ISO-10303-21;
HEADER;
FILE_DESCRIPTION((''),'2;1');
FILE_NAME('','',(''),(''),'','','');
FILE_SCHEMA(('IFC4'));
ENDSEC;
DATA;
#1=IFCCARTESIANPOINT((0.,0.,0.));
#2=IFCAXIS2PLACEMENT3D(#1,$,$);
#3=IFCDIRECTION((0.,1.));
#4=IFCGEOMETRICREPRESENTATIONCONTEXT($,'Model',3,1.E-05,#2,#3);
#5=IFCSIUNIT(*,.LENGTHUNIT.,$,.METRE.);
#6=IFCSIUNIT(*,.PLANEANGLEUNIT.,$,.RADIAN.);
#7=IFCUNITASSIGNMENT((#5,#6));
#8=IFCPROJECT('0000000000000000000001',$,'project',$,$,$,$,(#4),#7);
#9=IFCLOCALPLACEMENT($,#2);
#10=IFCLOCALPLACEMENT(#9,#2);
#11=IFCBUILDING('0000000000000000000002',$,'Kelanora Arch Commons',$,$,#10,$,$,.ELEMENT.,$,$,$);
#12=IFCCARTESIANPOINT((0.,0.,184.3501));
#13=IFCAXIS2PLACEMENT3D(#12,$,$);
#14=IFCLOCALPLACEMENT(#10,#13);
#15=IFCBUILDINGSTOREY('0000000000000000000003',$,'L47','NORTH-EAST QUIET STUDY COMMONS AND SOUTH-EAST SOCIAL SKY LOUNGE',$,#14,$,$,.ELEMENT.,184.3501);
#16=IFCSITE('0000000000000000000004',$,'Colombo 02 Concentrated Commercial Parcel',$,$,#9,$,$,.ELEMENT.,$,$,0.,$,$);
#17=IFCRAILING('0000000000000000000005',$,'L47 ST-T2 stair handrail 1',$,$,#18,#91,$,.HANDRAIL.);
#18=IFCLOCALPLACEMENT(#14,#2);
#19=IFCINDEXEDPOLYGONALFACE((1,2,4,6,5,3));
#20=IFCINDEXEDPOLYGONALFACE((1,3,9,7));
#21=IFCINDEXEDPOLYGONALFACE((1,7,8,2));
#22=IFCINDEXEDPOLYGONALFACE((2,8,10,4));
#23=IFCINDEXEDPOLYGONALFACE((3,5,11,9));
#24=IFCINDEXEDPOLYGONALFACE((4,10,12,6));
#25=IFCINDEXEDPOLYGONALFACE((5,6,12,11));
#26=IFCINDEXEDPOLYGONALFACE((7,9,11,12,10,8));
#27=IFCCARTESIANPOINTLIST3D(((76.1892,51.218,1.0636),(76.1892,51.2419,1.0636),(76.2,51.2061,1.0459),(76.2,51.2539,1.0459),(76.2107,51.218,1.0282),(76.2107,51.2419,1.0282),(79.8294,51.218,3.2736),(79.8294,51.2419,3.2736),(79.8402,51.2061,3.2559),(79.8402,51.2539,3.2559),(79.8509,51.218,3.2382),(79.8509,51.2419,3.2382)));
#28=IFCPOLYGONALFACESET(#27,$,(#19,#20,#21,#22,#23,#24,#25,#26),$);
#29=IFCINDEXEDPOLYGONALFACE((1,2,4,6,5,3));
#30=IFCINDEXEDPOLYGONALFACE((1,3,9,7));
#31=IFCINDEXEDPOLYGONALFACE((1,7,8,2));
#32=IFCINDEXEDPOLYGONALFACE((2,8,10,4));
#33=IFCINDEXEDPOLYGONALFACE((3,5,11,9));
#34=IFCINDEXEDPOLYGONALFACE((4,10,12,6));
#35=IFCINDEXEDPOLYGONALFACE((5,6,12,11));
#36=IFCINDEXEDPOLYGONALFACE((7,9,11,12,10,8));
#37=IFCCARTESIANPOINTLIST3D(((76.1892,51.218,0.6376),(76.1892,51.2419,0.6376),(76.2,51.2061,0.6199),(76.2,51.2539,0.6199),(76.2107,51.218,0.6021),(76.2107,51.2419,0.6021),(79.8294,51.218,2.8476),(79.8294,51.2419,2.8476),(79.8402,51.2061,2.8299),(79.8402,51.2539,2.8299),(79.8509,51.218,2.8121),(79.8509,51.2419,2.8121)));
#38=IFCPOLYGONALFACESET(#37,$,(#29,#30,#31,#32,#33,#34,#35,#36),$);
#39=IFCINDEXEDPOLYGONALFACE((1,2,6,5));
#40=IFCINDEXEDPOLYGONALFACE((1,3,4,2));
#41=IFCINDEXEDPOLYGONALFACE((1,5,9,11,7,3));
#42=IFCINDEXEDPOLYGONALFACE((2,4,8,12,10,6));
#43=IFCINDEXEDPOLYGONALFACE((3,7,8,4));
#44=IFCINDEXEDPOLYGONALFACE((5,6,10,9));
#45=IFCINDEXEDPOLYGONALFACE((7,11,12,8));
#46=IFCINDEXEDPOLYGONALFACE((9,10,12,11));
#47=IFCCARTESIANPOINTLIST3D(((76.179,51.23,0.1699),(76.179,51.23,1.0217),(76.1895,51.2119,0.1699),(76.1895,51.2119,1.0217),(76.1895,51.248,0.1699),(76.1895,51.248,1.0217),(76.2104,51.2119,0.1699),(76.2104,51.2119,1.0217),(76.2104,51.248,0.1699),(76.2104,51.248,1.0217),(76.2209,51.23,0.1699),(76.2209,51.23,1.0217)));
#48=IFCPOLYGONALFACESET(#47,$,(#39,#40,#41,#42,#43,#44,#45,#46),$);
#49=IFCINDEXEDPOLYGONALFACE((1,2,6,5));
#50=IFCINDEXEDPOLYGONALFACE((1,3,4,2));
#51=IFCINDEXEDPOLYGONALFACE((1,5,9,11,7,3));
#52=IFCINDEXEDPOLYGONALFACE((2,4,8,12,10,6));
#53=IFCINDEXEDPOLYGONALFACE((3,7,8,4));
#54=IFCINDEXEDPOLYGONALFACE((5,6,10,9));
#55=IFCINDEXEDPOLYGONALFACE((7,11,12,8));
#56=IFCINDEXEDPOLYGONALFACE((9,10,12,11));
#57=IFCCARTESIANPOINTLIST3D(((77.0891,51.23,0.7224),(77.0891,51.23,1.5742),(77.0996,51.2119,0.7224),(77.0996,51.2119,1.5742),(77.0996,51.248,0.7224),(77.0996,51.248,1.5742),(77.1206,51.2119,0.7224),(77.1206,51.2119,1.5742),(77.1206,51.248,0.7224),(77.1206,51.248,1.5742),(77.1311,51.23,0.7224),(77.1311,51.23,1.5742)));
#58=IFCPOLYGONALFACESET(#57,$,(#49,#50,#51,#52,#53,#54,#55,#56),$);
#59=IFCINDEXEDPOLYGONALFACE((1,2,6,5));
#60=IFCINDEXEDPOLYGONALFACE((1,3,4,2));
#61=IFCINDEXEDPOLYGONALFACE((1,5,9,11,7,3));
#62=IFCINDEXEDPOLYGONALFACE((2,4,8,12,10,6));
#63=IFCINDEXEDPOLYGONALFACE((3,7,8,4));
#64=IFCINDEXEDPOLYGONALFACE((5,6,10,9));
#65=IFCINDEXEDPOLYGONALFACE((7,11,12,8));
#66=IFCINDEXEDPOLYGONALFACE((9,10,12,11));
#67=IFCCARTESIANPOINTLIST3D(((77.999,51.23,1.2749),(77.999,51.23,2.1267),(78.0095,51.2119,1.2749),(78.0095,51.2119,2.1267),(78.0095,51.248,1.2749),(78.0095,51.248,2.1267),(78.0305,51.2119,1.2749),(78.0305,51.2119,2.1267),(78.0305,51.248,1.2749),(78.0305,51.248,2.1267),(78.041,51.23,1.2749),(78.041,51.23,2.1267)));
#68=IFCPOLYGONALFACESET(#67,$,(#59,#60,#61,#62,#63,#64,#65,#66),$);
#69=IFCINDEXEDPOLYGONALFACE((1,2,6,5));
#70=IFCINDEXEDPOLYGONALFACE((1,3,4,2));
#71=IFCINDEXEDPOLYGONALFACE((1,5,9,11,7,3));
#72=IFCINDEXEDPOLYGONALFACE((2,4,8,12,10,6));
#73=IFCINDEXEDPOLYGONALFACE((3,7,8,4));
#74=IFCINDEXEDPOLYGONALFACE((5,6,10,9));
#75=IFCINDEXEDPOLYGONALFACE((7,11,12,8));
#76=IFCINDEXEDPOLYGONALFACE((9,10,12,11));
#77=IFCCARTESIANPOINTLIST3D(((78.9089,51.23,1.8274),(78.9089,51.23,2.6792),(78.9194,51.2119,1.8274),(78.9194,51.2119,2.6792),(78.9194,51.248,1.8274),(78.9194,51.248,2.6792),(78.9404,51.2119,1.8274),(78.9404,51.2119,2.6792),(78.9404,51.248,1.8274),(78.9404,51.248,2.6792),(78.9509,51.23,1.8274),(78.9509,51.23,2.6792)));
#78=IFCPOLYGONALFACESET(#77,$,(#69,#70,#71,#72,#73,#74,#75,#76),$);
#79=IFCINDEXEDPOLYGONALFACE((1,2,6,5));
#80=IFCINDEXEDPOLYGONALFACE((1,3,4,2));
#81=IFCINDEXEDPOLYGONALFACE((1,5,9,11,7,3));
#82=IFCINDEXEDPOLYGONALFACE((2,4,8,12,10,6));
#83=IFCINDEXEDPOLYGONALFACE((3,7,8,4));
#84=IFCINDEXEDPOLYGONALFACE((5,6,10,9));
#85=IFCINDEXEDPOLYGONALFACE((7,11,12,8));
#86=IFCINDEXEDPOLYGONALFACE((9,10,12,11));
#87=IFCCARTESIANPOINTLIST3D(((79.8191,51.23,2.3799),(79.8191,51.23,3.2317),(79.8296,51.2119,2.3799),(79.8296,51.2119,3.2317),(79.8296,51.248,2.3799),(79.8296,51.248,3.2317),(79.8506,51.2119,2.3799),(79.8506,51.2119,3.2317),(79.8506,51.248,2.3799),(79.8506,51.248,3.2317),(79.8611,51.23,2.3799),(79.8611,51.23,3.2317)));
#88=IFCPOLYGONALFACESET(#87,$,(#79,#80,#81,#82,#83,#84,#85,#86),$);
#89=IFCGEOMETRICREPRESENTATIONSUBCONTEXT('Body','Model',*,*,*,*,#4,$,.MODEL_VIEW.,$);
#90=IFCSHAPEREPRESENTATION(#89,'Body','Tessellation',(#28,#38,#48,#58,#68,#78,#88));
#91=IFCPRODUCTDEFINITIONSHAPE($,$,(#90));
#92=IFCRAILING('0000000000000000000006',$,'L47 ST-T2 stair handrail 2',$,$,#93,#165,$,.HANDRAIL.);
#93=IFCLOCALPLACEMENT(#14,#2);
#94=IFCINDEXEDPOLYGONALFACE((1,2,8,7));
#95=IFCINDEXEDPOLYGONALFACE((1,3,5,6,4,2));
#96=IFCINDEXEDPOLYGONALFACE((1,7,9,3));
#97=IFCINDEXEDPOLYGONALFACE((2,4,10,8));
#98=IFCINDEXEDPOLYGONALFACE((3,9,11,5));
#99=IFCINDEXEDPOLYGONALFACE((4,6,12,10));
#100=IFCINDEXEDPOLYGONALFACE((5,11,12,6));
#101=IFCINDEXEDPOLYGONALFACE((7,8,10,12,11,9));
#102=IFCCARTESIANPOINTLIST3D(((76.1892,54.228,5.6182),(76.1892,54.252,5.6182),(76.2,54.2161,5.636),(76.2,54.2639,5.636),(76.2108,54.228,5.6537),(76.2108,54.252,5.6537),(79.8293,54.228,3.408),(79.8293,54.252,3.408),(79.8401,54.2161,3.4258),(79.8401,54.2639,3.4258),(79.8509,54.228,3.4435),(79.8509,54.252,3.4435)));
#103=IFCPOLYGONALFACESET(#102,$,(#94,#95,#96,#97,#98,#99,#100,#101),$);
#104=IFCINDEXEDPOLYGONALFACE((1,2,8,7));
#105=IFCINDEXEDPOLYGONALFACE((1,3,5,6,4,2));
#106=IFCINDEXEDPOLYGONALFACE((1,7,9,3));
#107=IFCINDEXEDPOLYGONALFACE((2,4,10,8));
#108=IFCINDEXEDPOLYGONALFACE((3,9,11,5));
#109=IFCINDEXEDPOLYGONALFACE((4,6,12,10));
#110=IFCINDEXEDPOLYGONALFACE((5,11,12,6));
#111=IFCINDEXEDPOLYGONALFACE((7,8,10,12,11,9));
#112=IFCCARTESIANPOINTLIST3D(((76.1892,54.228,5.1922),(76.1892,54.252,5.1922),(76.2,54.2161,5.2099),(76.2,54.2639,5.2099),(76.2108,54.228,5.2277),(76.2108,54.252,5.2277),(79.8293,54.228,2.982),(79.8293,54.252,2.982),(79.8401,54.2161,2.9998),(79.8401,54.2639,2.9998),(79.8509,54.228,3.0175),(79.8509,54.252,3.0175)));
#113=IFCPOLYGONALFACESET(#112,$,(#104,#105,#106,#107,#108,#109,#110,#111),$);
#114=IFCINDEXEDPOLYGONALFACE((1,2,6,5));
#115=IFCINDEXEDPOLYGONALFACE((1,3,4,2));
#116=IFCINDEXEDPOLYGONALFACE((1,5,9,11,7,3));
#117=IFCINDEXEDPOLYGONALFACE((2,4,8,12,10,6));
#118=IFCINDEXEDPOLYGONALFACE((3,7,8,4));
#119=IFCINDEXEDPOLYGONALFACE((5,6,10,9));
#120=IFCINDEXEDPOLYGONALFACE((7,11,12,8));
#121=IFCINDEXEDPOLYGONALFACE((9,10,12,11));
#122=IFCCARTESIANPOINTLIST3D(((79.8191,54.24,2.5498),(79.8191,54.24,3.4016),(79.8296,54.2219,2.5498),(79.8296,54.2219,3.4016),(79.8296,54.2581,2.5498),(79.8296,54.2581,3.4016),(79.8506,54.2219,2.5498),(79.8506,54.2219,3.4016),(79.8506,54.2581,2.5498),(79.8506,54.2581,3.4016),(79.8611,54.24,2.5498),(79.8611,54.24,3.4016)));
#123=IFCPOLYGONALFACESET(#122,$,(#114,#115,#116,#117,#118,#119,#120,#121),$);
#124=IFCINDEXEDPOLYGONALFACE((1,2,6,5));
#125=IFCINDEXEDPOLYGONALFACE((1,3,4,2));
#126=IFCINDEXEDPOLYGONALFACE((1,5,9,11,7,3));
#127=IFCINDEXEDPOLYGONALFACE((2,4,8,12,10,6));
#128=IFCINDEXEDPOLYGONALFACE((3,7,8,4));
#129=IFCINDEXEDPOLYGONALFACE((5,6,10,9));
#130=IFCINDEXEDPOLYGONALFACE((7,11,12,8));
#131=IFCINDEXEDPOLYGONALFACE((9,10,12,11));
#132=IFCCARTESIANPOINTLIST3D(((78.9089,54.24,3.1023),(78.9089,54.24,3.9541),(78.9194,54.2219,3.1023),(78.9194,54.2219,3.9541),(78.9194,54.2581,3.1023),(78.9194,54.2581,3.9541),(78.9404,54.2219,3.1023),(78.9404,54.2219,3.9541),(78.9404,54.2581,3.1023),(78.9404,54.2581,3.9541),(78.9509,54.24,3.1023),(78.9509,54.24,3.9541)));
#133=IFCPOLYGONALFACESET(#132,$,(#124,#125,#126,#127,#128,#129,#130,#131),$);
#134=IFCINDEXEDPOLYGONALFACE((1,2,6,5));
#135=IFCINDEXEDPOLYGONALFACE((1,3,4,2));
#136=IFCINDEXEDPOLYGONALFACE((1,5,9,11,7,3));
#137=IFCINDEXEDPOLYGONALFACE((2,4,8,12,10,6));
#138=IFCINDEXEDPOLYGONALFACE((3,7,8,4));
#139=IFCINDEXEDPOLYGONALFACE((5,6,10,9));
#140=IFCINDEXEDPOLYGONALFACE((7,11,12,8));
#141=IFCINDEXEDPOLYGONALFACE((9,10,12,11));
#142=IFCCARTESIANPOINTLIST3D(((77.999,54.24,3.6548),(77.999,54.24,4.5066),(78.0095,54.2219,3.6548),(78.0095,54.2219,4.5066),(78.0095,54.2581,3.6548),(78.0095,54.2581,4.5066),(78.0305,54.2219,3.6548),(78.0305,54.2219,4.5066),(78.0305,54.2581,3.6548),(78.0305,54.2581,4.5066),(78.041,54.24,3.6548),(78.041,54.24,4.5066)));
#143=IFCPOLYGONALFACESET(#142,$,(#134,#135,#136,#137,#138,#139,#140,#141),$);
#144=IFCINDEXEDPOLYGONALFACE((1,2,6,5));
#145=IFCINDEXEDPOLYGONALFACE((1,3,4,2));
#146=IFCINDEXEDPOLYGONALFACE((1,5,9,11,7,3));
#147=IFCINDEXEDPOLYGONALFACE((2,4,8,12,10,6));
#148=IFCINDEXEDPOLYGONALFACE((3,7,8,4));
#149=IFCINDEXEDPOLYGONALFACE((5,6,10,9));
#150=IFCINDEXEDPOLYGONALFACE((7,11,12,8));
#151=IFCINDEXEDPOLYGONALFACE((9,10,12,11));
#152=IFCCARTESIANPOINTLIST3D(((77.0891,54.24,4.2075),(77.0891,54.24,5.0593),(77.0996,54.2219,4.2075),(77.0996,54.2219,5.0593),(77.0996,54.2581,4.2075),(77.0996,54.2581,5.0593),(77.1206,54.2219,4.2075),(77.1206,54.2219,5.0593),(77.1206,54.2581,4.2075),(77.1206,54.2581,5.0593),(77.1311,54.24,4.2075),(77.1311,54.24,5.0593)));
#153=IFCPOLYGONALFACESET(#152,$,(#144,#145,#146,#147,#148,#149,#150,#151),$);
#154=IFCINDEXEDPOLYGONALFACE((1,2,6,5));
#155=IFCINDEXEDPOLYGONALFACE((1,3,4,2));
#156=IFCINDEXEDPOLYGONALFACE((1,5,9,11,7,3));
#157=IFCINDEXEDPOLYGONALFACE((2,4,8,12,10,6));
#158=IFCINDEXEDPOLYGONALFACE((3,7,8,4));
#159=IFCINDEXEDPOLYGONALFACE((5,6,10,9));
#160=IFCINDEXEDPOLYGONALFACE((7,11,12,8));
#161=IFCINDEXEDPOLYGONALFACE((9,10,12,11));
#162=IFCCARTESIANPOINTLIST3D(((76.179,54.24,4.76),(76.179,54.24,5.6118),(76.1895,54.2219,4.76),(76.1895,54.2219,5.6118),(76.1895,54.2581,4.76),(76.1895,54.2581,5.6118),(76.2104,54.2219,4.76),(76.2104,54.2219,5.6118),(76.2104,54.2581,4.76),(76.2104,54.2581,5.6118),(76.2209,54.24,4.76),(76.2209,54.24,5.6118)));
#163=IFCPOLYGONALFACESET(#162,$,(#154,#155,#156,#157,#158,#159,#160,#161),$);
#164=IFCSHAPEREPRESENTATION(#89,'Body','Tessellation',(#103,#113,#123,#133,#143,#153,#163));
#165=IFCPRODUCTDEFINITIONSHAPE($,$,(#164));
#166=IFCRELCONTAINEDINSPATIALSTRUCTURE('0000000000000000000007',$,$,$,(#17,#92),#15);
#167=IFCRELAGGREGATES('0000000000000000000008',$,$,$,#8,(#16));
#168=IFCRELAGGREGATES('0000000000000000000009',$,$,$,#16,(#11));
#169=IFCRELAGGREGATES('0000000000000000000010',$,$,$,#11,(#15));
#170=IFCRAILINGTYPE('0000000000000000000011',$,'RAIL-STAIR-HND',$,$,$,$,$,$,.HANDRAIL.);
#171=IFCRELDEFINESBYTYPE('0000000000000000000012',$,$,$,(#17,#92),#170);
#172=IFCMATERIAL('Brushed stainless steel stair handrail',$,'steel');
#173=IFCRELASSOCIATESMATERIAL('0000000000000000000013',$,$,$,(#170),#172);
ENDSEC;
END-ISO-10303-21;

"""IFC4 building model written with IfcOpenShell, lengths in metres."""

from ifc_helpers import new_model, si_unit, direction, frame, origin, place, context, subcontext, project, spatial, polyline, outline, extrude, material, type_object, element, save


model = new_model("IFC4")

# Units and contexts
model_context = context("Model", 3, precision=1e-05, world=origin(), true_north=direction((0.0, 1.0)))
body_context = subcontext(model_context, "Body", "Model", "MODEL_VIEW")
ifc_project = project(units=[si_unit("LENGTHUNIT", "METRE"), si_unit("PLANEANGLEUNIT", "RADIAN")], contexts=[model_context])

# Site, building, storey
site_placement = place(None, origin())
site = spatial("IfcSite", under=ifc_project, at=site_placement, Name="Colombo 02 Concentrated Commercial Parcel", CompositionType="ELEMENT", RefElevation=0.0)
building_placement = place(site_placement, origin())
building = spatial("IfcBuilding", under=site, at=building_placement, Name="Kelanora Arch Commons", CompositionType="ELEMENT")
storey_placement = place(building_placement, frame((0.0, 0.0, 184.3501)))
storey = spatial("IfcBuildingStorey", under=building, at=storey_placement, Name="L47", Description="NORTH-EAST QUIET STUDY COMMONS AND SOUTH-EAST SOCIAL SKY LOUNGE", CompositionType="ELEMENT", Elevation=184.3501)

# Railings
ifc_material_1 = material(Name="Brushed stainless steel stair handrail", Category="steel")
railing_type_1 = type_object("IfcRailingType", Name="RAIL-STAIR-HND", PredefinedType="HANDRAIL", material=ifc_material_1)
railing_1_placement = place(storey_placement, frame((76.2, 51.23, 0.1699)))
element("IfcRailing", 1, at=railing_1_placement, inside=storey, type_object=railing_type_1, Name="L47 ST-T2 stair handrail 1", PredefinedType="HANDRAIL", context=body_context, shape_type="SweptSolid", body=[
    extrude(outline(polyline([(0.0239, 0.0), (0.012, 0.0208), (-0.012, 0.0208), (-0.0239, 0.0), (-0.012, -0.0208), (0.012, -0.0208), (0.0239, 0.0)])), frame((0.0, 0.0, 0.876), z_axis=(0.8548, 0.0, 0.518957), x_axis=(0.0, 1.0, 0.0)), (0.0, 0.0, 1.0), 4.2585),
    extrude(outline(polyline([(0.0239, 0.0), (0.012, 0.0208), (-0.012, 0.0208), (-0.0239, 0.0), (-0.012, -0.0208), (0.012, -0.0208), (0.0239, 0.0)])), frame((0.0, 0.0, 0.45), z_axis=(0.8548, 0.0, 0.518957), x_axis=(0.0, 1.0, 0.0)), (0.0, 0.0, 1.0), 4.2585),
    extrude(outline(polyline([(0.021, 0.0), (0.0105, 0.0181), (-0.0105, 0.0181), (-0.021, 0.0), (-0.0105, -0.0181), (0.0105, -0.0181), (0.021, 0.0)])), origin(), (0.0, 0.0, 1.0), 0.8518),
    extrude(outline(polyline([(0.021, 0.0), (0.0105, 0.0181), (-0.0105, 0.0181), (-0.021, 0.0), (-0.0105, -0.0181), (0.0105, -0.0181), (0.021, 0.0)])), frame((0.9102, 0.0, 0.5525)), (0.0, 0.0, 1.0), 0.8518),
    extrude(outline(polyline([(0.021, 0.0), (0.0105, 0.0181), (-0.0105, 0.0181), (-0.021, 0.0), (-0.0105, -0.0181), (0.0105, -0.0181), (0.021, 0.0)])), frame((1.8201, 0.0, 1.105)), (0.0, 0.0, 1.0), 0.8518),
    extrude(outline(polyline([(0.021, 0.0), (0.0105, 0.0181), (-0.0105, 0.0181), (-0.021, 0.0), (-0.0105, -0.0181), (0.0105, -0.0181), (0.021, 0.0)])), frame((2.73, 0.0, 1.6575)), (0.0, 0.0, 1.0), 0.8518),
    extrude(outline(polyline([(0.021, 0.0), (0.0105, 0.0181), (-0.0105, 0.0181), (-0.021, 0.0), (-0.0105, -0.0181), (0.0105, -0.0181), (0.021, 0.0)])), frame((3.6401, 0.0, 2.21)), (0.0, 0.0, 1.0), 0.8518),
])
railing_2_placement = place(storey_placement, frame((79.8401, 54.24, 2.5498)))
element("IfcRailing", 2, at=railing_2_placement, inside=storey, type_object=railing_type_1, Name="L47 ST-T2 stair handrail 2", PredefinedType="HANDRAIL", context=body_context, shape_type="SweptSolid", body=[
    extrude(outline(polyline([(0.0239, 0.0), (0.012, 0.0208), (-0.012, 0.0208), (-0.0239, 0.0), (-0.012, -0.0208), (0.012, -0.0208), (0.0239, 0.0)])), frame((0.0, 0.0, 0.876), z_axis=(-0.854775, 0.0, 0.518999), x_axis=(0.0, -1.0, 0.0)), (0.0, 0.0, 1.0), 4.2585),
    extrude(outline(polyline([(0.0239, 0.0), (0.012, 0.0208), (-0.012, 0.0208), (-0.0239, 0.0), (-0.012, -0.0208), (0.012, -0.0208), (0.0239, 0.0)])), frame((0.0, 0.0, 0.45), z_axis=(-0.854775, 0.0, 0.518999), x_axis=(0.0, -1.0, 0.0)), (0.0, 0.0, 1.0), 4.2585),
    extrude(outline(polyline([(0.021, 0.0), (0.0105, 0.0181), (-0.0105, 0.0181), (-0.021, 0.0), (-0.0105, -0.0181), (0.0105, -0.0181), (0.021, 0.0)])), origin(), (0.0, 0.0, 1.0), 0.8518),
    extrude(outline(polyline([(0.021, 0.0), (0.0105, 0.0181), (-0.0105, 0.0181), (-0.021, 0.0), (-0.0105, -0.0181), (0.0105, -0.0181), (0.021, 0.0)])), frame((-0.9102, 0.0, 0.5525)), (0.0, 0.0, 1.0), 0.8518),
    extrude(outline(polyline([(0.021, 0.0), (0.0105, 0.0181), (-0.0105, 0.0181), (-0.021, 0.0), (-0.0105, -0.0181), (0.0105, -0.0181), (0.021, 0.0)])), frame((-1.8201, 0.0, 1.105)), (0.0, 0.0, 1.0), 0.8518),
    extrude(outline(polyline([(0.021, 0.0), (0.0105, 0.0181), (-0.0105, 0.0181), (-0.021, 0.0), (-0.0105, -0.0181), (0.0105, -0.0181), (0.021, 0.0)])), frame((-2.73, 0.0, 1.6577)), (0.0, 0.0, 1.0), 0.8518),
    extrude(outline(polyline([(0.021, 0.0), (0.0105, 0.0181), (-0.0105, 0.0181), (-0.021, 0.0), (-0.0105, -0.0181), (0.0105, -0.0181), (0.021, 0.0)])), frame((-3.6401, 0.0, 2.2102)), (0.0, 0.0, 1.0), 0.8518),
])

save(model, "model.ifc")
